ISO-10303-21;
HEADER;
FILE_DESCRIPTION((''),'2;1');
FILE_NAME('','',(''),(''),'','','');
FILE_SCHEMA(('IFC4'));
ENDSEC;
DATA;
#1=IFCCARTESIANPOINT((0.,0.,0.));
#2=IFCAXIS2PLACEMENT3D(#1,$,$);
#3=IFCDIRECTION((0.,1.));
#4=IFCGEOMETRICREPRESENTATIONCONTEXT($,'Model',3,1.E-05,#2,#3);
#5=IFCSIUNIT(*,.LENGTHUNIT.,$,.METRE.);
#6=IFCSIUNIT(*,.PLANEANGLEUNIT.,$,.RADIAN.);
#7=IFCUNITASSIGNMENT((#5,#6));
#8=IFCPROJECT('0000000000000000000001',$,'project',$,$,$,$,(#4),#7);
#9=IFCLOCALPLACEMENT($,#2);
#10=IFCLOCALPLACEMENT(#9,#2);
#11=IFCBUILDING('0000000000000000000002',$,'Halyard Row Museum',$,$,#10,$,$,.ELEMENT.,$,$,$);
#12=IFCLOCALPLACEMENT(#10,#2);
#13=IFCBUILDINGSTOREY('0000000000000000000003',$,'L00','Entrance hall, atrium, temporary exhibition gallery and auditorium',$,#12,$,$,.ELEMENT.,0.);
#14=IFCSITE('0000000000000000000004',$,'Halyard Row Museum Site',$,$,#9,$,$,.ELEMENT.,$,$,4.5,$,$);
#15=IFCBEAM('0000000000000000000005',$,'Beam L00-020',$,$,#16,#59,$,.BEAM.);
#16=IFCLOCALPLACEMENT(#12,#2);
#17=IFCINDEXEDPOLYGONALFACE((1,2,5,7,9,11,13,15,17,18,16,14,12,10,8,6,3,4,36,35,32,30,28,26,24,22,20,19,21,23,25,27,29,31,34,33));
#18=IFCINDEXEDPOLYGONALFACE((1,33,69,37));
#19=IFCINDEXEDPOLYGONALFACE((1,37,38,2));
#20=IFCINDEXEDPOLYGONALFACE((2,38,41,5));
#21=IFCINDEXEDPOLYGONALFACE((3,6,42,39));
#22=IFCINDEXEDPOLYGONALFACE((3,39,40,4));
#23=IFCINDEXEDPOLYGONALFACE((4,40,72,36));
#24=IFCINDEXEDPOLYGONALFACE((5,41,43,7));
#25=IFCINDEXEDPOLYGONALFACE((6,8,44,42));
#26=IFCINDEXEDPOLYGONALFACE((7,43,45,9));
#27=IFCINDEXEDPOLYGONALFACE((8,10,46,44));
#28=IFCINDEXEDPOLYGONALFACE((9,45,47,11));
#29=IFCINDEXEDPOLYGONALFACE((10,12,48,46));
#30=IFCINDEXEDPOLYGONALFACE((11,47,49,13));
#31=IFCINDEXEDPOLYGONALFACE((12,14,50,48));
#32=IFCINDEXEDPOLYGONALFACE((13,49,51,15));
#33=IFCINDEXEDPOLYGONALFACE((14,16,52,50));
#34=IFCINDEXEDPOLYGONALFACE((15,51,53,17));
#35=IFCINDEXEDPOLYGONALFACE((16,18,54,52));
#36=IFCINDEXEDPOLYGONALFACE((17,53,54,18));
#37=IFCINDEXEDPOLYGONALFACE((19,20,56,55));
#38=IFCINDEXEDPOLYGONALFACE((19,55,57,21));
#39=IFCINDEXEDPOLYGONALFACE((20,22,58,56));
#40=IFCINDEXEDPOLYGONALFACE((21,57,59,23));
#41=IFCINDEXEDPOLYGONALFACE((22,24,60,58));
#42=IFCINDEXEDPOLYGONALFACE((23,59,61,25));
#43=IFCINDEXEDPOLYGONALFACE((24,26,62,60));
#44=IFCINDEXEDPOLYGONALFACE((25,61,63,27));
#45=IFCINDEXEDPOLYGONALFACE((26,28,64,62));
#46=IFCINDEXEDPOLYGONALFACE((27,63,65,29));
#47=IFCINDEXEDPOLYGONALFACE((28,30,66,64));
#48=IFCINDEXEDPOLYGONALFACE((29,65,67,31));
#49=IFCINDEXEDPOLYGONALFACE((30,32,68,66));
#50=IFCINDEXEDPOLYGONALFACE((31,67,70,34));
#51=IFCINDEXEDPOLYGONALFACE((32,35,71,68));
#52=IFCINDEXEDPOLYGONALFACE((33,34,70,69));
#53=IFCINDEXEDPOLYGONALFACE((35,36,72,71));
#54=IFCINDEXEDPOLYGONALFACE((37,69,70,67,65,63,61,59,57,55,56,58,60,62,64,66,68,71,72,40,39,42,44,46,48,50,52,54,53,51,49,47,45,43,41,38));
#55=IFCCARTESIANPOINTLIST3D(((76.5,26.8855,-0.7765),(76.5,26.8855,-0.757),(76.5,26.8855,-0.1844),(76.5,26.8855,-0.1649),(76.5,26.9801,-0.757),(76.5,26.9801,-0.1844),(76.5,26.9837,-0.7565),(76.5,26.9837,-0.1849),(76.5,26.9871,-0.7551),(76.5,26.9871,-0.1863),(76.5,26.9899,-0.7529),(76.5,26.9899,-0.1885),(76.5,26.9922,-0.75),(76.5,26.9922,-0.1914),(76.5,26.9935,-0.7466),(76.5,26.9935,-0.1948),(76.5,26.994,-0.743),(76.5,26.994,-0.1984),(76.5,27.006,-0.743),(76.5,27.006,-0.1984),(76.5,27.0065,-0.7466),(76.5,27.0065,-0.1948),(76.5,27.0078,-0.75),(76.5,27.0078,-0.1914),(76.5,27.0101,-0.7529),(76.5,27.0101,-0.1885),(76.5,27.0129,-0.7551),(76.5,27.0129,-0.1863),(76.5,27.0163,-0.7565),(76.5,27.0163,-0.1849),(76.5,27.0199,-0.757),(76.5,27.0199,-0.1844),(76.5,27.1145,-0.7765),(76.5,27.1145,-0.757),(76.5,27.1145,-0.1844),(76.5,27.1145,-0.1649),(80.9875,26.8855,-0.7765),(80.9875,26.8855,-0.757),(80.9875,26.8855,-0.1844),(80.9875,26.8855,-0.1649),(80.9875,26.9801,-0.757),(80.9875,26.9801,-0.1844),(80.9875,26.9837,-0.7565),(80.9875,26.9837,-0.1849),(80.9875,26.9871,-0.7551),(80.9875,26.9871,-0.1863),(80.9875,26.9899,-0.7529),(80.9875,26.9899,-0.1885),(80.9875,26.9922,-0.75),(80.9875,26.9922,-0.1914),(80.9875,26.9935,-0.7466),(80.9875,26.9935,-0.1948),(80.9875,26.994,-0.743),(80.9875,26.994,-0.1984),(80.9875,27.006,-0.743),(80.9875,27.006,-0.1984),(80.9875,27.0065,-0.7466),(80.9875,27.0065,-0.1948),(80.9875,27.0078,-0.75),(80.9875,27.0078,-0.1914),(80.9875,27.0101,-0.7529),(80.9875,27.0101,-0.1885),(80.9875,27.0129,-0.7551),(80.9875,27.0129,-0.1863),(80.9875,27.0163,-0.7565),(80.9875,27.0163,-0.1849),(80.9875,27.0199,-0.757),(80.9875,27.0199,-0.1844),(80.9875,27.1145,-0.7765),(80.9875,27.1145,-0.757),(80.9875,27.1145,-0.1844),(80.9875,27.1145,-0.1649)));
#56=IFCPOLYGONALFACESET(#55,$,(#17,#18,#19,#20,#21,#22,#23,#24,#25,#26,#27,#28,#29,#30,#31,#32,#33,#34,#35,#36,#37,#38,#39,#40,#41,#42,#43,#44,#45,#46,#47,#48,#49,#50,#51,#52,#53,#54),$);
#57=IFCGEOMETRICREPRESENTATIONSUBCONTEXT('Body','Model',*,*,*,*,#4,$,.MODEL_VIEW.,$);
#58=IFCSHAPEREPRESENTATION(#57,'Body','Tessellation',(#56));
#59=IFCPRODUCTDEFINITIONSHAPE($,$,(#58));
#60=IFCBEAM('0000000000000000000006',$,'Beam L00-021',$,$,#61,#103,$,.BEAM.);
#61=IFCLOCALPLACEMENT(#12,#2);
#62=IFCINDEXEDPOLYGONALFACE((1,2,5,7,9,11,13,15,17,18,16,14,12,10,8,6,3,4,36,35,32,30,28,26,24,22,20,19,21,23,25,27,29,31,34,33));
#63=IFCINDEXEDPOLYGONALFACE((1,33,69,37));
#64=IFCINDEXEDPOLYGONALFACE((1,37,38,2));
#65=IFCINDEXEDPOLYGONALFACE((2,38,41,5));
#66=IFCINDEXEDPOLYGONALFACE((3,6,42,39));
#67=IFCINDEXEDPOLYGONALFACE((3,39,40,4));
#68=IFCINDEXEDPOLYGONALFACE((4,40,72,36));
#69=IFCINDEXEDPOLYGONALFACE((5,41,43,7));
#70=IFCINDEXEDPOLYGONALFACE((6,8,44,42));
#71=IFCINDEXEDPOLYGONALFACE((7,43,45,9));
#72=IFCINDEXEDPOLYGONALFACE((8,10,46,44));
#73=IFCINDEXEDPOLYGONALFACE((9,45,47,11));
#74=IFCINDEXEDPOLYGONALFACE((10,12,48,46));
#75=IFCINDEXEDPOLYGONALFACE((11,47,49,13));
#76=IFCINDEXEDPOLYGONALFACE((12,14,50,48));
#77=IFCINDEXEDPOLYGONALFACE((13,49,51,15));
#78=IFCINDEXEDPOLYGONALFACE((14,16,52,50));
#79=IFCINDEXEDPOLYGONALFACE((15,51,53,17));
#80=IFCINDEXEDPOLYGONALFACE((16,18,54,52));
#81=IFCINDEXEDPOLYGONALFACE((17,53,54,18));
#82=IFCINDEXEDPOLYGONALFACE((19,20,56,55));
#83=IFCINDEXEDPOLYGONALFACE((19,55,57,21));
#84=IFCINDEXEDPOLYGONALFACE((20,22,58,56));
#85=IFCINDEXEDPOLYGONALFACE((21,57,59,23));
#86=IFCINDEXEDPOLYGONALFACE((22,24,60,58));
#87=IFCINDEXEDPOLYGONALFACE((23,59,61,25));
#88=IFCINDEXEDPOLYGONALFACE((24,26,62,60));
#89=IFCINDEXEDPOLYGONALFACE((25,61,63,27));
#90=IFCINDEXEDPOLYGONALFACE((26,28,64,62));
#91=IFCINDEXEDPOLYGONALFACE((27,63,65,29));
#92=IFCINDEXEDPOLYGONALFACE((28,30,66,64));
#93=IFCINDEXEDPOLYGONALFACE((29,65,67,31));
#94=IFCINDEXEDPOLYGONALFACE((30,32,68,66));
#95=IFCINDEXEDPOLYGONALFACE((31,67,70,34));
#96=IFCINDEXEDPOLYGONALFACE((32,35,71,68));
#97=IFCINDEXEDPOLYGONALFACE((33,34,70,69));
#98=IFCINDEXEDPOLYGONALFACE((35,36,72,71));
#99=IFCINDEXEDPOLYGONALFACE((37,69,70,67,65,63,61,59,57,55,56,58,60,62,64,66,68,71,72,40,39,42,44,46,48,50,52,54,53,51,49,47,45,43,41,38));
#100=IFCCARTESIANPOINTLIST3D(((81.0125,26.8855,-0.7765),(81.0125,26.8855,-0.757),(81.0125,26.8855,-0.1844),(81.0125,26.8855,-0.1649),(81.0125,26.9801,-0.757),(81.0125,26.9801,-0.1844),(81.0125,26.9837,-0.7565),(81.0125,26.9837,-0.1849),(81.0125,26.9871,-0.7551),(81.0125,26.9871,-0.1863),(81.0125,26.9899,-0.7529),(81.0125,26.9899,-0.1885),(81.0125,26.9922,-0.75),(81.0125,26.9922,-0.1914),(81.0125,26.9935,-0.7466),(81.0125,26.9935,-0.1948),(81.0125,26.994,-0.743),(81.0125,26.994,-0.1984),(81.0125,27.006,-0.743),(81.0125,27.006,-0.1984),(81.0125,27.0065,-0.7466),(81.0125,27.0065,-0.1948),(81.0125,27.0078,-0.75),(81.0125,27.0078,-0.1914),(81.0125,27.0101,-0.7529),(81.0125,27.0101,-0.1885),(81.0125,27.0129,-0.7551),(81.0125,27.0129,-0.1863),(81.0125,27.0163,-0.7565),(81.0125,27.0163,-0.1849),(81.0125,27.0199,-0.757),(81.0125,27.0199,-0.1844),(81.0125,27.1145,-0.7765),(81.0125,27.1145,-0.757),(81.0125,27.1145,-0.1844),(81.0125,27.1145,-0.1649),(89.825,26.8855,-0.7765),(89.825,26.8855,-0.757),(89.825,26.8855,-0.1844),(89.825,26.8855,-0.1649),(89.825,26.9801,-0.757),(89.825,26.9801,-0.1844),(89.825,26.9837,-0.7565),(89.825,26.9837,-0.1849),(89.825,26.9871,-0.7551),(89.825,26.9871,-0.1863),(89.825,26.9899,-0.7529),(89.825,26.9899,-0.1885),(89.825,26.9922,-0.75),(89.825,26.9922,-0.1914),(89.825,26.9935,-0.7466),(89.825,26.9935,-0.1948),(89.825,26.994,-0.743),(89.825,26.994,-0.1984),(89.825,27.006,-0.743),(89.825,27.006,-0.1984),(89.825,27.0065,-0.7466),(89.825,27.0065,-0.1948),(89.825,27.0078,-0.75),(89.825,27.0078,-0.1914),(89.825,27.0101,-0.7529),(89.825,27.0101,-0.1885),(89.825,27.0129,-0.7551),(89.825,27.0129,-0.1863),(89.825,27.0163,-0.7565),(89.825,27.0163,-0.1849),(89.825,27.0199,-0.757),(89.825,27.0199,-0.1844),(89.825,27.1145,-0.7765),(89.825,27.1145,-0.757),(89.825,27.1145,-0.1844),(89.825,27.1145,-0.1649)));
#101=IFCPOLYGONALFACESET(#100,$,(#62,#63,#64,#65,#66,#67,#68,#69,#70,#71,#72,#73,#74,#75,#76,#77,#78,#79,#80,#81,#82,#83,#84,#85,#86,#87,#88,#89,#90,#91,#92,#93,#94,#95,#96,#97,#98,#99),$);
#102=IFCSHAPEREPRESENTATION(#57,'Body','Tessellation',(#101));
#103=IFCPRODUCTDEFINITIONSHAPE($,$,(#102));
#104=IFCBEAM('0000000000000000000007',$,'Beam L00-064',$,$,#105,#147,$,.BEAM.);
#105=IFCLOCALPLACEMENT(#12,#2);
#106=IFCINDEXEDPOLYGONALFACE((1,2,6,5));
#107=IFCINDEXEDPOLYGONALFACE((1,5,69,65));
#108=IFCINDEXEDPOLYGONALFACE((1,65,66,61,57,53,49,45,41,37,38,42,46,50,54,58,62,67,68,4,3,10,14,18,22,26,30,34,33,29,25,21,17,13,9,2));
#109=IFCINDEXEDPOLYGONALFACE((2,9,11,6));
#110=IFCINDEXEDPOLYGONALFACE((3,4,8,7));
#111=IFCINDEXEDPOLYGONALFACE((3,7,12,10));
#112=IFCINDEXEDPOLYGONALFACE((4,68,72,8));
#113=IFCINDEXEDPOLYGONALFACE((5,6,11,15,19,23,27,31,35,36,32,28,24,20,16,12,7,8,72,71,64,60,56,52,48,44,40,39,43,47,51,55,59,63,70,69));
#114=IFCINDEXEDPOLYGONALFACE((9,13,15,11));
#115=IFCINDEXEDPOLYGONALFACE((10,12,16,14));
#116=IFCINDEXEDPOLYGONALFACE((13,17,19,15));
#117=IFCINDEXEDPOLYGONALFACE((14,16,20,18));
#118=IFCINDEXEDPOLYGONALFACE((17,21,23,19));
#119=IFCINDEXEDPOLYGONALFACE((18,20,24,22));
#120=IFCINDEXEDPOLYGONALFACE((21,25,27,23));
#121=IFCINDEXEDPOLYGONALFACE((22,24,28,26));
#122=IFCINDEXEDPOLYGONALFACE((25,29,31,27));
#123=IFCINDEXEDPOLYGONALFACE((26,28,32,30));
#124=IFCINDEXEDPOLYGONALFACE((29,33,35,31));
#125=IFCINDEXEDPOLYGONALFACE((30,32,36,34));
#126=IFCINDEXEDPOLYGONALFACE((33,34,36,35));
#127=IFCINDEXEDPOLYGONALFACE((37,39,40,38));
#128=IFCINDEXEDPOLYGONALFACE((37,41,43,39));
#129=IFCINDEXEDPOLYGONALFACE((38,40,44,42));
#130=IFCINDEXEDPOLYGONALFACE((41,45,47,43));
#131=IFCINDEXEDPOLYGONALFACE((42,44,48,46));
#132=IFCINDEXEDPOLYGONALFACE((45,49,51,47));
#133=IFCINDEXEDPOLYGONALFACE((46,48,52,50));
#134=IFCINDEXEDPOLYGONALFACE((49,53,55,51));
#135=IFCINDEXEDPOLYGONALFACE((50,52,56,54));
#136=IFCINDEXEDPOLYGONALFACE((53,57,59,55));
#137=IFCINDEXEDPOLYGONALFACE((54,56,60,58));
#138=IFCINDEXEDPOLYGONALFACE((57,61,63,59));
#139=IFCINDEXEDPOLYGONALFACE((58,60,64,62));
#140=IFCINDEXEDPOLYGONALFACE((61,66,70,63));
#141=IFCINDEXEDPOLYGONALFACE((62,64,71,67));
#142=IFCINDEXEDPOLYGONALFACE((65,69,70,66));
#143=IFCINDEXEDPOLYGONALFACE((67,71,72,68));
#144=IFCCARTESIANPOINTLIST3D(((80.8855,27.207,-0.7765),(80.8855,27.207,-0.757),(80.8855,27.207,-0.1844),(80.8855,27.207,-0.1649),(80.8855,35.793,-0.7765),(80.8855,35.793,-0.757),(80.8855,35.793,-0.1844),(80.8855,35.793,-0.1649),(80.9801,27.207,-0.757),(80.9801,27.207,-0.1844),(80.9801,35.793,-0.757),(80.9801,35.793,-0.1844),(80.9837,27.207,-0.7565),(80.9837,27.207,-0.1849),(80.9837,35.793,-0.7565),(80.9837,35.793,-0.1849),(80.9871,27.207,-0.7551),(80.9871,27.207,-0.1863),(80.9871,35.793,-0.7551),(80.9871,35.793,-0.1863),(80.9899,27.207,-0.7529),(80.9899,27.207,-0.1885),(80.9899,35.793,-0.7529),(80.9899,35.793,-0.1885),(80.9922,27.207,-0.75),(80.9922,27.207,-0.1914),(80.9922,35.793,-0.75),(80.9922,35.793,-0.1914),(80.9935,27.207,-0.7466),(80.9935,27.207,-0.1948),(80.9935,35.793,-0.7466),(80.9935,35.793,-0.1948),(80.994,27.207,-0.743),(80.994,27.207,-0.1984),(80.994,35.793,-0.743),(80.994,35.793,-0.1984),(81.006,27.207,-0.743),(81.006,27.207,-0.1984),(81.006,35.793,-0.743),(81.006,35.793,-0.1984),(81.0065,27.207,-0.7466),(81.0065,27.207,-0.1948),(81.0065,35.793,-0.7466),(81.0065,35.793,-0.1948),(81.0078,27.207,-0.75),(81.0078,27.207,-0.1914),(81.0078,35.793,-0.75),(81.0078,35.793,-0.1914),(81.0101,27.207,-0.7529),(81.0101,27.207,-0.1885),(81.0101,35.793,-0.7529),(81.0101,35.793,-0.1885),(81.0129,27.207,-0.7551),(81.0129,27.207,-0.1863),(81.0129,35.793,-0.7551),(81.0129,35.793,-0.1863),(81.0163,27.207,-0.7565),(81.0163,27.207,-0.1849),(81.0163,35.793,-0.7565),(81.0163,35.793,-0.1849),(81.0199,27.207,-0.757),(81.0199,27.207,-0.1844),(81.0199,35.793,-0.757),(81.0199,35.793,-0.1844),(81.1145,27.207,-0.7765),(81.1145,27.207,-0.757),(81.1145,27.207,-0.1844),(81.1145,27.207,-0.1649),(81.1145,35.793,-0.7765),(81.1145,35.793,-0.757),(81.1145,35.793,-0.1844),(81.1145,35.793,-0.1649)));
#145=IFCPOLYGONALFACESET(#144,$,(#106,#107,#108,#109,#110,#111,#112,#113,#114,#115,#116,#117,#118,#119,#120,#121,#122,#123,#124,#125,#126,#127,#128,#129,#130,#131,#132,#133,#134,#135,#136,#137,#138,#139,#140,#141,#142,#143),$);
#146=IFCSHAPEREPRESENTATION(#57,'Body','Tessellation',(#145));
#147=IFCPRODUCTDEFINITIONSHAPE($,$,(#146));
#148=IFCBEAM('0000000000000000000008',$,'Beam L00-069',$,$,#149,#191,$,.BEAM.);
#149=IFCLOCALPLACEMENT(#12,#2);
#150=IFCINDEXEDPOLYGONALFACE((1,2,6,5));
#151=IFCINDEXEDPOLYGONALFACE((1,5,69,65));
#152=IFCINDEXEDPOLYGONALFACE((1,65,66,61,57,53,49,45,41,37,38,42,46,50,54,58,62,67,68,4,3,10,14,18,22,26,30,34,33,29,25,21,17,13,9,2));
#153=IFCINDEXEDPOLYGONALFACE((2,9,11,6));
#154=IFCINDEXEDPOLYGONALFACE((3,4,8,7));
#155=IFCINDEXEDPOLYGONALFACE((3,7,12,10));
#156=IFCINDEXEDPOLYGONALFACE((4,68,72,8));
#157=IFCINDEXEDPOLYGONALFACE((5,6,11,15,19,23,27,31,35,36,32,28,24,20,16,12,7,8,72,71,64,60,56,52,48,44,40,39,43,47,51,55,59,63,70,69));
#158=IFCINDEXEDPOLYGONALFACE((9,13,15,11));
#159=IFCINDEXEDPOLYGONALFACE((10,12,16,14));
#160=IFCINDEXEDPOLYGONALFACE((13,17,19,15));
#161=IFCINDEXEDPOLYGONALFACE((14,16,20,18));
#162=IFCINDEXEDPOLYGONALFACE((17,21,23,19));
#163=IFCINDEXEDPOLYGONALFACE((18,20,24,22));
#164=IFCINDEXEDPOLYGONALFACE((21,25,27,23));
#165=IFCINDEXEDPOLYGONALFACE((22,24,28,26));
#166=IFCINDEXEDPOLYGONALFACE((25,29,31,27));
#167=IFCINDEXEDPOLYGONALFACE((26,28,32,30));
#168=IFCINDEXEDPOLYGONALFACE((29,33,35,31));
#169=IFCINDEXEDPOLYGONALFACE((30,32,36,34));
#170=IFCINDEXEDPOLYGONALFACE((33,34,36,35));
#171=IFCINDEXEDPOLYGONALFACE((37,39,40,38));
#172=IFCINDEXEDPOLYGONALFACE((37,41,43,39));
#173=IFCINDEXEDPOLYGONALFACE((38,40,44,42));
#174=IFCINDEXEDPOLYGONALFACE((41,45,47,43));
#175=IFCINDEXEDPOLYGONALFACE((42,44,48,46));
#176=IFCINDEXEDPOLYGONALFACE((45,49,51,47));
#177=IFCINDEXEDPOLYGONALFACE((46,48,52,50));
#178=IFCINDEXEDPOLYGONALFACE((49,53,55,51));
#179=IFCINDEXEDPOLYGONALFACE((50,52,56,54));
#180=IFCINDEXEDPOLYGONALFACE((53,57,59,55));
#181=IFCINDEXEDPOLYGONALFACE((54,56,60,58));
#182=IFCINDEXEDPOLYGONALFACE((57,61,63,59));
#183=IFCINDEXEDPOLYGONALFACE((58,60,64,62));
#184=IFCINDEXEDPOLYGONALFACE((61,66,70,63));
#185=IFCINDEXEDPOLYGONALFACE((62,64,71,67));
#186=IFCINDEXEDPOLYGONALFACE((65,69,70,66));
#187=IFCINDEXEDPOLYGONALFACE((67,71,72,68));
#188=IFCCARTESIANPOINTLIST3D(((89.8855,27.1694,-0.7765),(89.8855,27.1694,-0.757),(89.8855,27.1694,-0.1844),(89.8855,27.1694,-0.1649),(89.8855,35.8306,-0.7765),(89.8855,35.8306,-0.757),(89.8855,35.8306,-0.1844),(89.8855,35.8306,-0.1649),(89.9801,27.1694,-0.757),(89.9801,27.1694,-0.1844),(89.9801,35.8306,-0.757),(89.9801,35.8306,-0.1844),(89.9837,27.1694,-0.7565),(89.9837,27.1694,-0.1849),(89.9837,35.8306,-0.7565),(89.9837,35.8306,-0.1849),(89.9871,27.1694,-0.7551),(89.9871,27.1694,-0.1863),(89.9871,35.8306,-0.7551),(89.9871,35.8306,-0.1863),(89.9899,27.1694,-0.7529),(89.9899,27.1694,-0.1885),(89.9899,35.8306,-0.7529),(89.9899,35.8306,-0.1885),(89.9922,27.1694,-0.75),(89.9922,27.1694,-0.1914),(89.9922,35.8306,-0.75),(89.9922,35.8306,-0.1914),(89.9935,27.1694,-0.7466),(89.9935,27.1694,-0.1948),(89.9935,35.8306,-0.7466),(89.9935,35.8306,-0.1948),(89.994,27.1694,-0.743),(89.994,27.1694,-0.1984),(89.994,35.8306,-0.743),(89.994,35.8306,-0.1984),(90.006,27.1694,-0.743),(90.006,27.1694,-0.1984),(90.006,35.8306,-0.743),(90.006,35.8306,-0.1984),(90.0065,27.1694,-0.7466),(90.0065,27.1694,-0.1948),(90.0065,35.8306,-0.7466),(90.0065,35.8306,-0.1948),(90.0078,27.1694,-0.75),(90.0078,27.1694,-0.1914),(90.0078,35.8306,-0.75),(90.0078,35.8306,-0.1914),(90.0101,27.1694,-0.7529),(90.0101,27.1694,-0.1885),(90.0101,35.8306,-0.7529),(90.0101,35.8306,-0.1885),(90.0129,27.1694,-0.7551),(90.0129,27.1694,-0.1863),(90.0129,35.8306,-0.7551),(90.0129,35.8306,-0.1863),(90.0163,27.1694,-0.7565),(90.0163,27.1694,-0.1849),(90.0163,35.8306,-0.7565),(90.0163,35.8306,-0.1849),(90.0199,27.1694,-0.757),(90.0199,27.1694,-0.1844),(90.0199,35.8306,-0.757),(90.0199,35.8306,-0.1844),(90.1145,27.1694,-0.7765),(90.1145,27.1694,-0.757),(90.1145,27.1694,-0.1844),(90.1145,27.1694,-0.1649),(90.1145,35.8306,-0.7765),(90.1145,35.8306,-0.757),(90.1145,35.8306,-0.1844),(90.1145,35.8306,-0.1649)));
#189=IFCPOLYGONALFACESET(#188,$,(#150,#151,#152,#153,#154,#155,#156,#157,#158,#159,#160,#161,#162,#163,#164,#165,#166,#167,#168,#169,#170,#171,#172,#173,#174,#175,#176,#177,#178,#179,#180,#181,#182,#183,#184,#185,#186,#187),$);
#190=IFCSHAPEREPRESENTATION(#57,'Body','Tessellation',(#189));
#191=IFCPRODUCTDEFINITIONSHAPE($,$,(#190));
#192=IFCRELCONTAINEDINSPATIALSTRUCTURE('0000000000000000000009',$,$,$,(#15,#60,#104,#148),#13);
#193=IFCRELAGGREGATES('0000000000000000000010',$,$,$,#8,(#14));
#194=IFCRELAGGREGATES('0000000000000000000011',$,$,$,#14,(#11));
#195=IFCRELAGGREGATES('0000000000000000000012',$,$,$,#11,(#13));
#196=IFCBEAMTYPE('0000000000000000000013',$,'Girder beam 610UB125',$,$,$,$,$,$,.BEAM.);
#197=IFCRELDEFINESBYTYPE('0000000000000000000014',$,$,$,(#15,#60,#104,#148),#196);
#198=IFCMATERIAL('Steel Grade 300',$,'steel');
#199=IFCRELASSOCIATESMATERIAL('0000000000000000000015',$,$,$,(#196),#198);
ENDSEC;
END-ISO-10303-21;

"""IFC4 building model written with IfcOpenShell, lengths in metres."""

from ifc_helpers import new_model, si_unit, direction, frame, origin, origin_2d, place, context, subcontext, project, spatial, i_section, extrude, material, material_profile, profile_set, type_object, element, save


model = new_model("IFC4")

# Units and contexts
model_context = context("Model", 3, precision=1e-05, world=origin(), true_north=direction((0.0, 1.0)))
body_context = subcontext(model_context, "Body", "Model", "MODEL_VIEW")
ifc_project = project(units=[si_unit("LENGTHUNIT", "METRE"), si_unit("PLANEANGLEUNIT", "RADIAN")], contexts=[model_context])

# Site, building, storey
site_placement = place(None, origin())
site = spatial("IfcSite", under=ifc_project, at=site_placement, Name="Halyard Row Museum Site", CompositionType="ELEMENT", RefElevation=4.5)
building_placement = place(site_placement, origin())
building = spatial("IfcBuilding", under=site, at=building_placement, Name="Halyard Row Museum", CompositionType="ELEMENT")
storey_placement = place(building_placement, origin())
storey = spatial("IfcBuildingStorey", under=building, at=storey_placement, Name="L00", Description="Entrance hall, atrium, temporary exhibition gallery and auditorium", CompositionType="ELEMENT", Elevation=0.0)

# Beams
ifc_material_1 = material(Name="Steel Grade 300", Category="steel")
ifc_material_profile_1 = material_profile(ifc_material_1, i_section(OverallWidth=0.229, OverallDepth=0.6116, WebThickness=0.012, FlangeThickness=0.0195, FilletRadius=0.0139, at=origin_2d()), Name="610UB125")
ifc_profile_set_1 = profile_set([ifc_material_profile_1], Name="Steel Grade 300")
beam_type_1 = type_object("IfcBeamType", Name="Girder beam 610UB125", PredefinedType="BEAM", material=ifc_profile_set_1)
beam_1_placement = place(storey_placement, frame((76.5, 27.0, -0.4707), z_axis=(1.0, 0.0, 0.0), x_axis=(0.0, 1.0, 0.0)))
element("IfcBeam", 1, at=beam_1_placement, inside=storey, type_object=beam_type_1, Name="Beam L00-020", PredefinedType="BEAM", context=body_context, shape_type="SweptSolid", body=[
    extrude(i_section(OverallWidth=0.229, OverallDepth=0.6116, WebThickness=0.012, FlangeThickness=0.0195, FilletRadius=0.0139, at=origin_2d()), origin(), (0.0, 0.0, 1.0), 4.4875),
])
beam_2_placement = place(storey_placement, frame((81.0125, 27.0, -0.4707), z_axis=(1.0, 0.0, 0.0), x_axis=(0.0, 1.0, 0.0)))
element("IfcBeam", 2, at=beam_2_placement, inside=storey, type_object=beam_type_1, Name="Beam L00-021", PredefinedType="BEAM", context=body_context, shape_type="SweptSolid", body=[
    extrude(i_section(OverallWidth=0.229, OverallDepth=0.6116, WebThickness=0.012, FlangeThickness=0.0195, FilletRadius=0.0139, at=origin_2d()), origin(), (0.0, 0.0, 1.0), 8.8125),
])
beam_3_placement = place(storey_placement, frame((81.0, 27.207, -0.4707), z_axis=(0.0, 1.0, 0.0), x_axis=(-1.0, 0.0, 0.0)))
element("IfcBeam", 3, at=beam_3_placement, inside=storey, type_object=beam_type_1, Name="Beam L00-064", PredefinedType="BEAM", context=body_context, shape_type="SweptSolid", body=[
    extrude(i_section(OverallWidth=0.229, OverallDepth=0.6116, WebThickness=0.012, FlangeThickness=0.0195, FilletRadius=0.0139, at=origin_2d()), origin(), (0.0, 0.0, 1.0), 8.5859),
])
beam_4_placement = place(storey_placement, frame((90.0, 27.1694, -0.4707), z_axis=(0.0, 1.0, 0.0), x_axis=(-1.0, 0.0, 0.0)))
element("IfcBeam", 4, at=beam_4_placement, inside=storey, type_object=beam_type_1, Name="Beam L00-069", PredefinedType="BEAM", context=body_context, shape_type="SweptSolid", body=[
    extrude(i_section(OverallWidth=0.229, OverallDepth=0.6116, WebThickness=0.012, FlangeThickness=0.0195, FilletRadius=0.0139, at=origin_2d()), origin(), (0.0, 0.0, 1.0), 8.6611),
])

save(model, "model.ifc")
